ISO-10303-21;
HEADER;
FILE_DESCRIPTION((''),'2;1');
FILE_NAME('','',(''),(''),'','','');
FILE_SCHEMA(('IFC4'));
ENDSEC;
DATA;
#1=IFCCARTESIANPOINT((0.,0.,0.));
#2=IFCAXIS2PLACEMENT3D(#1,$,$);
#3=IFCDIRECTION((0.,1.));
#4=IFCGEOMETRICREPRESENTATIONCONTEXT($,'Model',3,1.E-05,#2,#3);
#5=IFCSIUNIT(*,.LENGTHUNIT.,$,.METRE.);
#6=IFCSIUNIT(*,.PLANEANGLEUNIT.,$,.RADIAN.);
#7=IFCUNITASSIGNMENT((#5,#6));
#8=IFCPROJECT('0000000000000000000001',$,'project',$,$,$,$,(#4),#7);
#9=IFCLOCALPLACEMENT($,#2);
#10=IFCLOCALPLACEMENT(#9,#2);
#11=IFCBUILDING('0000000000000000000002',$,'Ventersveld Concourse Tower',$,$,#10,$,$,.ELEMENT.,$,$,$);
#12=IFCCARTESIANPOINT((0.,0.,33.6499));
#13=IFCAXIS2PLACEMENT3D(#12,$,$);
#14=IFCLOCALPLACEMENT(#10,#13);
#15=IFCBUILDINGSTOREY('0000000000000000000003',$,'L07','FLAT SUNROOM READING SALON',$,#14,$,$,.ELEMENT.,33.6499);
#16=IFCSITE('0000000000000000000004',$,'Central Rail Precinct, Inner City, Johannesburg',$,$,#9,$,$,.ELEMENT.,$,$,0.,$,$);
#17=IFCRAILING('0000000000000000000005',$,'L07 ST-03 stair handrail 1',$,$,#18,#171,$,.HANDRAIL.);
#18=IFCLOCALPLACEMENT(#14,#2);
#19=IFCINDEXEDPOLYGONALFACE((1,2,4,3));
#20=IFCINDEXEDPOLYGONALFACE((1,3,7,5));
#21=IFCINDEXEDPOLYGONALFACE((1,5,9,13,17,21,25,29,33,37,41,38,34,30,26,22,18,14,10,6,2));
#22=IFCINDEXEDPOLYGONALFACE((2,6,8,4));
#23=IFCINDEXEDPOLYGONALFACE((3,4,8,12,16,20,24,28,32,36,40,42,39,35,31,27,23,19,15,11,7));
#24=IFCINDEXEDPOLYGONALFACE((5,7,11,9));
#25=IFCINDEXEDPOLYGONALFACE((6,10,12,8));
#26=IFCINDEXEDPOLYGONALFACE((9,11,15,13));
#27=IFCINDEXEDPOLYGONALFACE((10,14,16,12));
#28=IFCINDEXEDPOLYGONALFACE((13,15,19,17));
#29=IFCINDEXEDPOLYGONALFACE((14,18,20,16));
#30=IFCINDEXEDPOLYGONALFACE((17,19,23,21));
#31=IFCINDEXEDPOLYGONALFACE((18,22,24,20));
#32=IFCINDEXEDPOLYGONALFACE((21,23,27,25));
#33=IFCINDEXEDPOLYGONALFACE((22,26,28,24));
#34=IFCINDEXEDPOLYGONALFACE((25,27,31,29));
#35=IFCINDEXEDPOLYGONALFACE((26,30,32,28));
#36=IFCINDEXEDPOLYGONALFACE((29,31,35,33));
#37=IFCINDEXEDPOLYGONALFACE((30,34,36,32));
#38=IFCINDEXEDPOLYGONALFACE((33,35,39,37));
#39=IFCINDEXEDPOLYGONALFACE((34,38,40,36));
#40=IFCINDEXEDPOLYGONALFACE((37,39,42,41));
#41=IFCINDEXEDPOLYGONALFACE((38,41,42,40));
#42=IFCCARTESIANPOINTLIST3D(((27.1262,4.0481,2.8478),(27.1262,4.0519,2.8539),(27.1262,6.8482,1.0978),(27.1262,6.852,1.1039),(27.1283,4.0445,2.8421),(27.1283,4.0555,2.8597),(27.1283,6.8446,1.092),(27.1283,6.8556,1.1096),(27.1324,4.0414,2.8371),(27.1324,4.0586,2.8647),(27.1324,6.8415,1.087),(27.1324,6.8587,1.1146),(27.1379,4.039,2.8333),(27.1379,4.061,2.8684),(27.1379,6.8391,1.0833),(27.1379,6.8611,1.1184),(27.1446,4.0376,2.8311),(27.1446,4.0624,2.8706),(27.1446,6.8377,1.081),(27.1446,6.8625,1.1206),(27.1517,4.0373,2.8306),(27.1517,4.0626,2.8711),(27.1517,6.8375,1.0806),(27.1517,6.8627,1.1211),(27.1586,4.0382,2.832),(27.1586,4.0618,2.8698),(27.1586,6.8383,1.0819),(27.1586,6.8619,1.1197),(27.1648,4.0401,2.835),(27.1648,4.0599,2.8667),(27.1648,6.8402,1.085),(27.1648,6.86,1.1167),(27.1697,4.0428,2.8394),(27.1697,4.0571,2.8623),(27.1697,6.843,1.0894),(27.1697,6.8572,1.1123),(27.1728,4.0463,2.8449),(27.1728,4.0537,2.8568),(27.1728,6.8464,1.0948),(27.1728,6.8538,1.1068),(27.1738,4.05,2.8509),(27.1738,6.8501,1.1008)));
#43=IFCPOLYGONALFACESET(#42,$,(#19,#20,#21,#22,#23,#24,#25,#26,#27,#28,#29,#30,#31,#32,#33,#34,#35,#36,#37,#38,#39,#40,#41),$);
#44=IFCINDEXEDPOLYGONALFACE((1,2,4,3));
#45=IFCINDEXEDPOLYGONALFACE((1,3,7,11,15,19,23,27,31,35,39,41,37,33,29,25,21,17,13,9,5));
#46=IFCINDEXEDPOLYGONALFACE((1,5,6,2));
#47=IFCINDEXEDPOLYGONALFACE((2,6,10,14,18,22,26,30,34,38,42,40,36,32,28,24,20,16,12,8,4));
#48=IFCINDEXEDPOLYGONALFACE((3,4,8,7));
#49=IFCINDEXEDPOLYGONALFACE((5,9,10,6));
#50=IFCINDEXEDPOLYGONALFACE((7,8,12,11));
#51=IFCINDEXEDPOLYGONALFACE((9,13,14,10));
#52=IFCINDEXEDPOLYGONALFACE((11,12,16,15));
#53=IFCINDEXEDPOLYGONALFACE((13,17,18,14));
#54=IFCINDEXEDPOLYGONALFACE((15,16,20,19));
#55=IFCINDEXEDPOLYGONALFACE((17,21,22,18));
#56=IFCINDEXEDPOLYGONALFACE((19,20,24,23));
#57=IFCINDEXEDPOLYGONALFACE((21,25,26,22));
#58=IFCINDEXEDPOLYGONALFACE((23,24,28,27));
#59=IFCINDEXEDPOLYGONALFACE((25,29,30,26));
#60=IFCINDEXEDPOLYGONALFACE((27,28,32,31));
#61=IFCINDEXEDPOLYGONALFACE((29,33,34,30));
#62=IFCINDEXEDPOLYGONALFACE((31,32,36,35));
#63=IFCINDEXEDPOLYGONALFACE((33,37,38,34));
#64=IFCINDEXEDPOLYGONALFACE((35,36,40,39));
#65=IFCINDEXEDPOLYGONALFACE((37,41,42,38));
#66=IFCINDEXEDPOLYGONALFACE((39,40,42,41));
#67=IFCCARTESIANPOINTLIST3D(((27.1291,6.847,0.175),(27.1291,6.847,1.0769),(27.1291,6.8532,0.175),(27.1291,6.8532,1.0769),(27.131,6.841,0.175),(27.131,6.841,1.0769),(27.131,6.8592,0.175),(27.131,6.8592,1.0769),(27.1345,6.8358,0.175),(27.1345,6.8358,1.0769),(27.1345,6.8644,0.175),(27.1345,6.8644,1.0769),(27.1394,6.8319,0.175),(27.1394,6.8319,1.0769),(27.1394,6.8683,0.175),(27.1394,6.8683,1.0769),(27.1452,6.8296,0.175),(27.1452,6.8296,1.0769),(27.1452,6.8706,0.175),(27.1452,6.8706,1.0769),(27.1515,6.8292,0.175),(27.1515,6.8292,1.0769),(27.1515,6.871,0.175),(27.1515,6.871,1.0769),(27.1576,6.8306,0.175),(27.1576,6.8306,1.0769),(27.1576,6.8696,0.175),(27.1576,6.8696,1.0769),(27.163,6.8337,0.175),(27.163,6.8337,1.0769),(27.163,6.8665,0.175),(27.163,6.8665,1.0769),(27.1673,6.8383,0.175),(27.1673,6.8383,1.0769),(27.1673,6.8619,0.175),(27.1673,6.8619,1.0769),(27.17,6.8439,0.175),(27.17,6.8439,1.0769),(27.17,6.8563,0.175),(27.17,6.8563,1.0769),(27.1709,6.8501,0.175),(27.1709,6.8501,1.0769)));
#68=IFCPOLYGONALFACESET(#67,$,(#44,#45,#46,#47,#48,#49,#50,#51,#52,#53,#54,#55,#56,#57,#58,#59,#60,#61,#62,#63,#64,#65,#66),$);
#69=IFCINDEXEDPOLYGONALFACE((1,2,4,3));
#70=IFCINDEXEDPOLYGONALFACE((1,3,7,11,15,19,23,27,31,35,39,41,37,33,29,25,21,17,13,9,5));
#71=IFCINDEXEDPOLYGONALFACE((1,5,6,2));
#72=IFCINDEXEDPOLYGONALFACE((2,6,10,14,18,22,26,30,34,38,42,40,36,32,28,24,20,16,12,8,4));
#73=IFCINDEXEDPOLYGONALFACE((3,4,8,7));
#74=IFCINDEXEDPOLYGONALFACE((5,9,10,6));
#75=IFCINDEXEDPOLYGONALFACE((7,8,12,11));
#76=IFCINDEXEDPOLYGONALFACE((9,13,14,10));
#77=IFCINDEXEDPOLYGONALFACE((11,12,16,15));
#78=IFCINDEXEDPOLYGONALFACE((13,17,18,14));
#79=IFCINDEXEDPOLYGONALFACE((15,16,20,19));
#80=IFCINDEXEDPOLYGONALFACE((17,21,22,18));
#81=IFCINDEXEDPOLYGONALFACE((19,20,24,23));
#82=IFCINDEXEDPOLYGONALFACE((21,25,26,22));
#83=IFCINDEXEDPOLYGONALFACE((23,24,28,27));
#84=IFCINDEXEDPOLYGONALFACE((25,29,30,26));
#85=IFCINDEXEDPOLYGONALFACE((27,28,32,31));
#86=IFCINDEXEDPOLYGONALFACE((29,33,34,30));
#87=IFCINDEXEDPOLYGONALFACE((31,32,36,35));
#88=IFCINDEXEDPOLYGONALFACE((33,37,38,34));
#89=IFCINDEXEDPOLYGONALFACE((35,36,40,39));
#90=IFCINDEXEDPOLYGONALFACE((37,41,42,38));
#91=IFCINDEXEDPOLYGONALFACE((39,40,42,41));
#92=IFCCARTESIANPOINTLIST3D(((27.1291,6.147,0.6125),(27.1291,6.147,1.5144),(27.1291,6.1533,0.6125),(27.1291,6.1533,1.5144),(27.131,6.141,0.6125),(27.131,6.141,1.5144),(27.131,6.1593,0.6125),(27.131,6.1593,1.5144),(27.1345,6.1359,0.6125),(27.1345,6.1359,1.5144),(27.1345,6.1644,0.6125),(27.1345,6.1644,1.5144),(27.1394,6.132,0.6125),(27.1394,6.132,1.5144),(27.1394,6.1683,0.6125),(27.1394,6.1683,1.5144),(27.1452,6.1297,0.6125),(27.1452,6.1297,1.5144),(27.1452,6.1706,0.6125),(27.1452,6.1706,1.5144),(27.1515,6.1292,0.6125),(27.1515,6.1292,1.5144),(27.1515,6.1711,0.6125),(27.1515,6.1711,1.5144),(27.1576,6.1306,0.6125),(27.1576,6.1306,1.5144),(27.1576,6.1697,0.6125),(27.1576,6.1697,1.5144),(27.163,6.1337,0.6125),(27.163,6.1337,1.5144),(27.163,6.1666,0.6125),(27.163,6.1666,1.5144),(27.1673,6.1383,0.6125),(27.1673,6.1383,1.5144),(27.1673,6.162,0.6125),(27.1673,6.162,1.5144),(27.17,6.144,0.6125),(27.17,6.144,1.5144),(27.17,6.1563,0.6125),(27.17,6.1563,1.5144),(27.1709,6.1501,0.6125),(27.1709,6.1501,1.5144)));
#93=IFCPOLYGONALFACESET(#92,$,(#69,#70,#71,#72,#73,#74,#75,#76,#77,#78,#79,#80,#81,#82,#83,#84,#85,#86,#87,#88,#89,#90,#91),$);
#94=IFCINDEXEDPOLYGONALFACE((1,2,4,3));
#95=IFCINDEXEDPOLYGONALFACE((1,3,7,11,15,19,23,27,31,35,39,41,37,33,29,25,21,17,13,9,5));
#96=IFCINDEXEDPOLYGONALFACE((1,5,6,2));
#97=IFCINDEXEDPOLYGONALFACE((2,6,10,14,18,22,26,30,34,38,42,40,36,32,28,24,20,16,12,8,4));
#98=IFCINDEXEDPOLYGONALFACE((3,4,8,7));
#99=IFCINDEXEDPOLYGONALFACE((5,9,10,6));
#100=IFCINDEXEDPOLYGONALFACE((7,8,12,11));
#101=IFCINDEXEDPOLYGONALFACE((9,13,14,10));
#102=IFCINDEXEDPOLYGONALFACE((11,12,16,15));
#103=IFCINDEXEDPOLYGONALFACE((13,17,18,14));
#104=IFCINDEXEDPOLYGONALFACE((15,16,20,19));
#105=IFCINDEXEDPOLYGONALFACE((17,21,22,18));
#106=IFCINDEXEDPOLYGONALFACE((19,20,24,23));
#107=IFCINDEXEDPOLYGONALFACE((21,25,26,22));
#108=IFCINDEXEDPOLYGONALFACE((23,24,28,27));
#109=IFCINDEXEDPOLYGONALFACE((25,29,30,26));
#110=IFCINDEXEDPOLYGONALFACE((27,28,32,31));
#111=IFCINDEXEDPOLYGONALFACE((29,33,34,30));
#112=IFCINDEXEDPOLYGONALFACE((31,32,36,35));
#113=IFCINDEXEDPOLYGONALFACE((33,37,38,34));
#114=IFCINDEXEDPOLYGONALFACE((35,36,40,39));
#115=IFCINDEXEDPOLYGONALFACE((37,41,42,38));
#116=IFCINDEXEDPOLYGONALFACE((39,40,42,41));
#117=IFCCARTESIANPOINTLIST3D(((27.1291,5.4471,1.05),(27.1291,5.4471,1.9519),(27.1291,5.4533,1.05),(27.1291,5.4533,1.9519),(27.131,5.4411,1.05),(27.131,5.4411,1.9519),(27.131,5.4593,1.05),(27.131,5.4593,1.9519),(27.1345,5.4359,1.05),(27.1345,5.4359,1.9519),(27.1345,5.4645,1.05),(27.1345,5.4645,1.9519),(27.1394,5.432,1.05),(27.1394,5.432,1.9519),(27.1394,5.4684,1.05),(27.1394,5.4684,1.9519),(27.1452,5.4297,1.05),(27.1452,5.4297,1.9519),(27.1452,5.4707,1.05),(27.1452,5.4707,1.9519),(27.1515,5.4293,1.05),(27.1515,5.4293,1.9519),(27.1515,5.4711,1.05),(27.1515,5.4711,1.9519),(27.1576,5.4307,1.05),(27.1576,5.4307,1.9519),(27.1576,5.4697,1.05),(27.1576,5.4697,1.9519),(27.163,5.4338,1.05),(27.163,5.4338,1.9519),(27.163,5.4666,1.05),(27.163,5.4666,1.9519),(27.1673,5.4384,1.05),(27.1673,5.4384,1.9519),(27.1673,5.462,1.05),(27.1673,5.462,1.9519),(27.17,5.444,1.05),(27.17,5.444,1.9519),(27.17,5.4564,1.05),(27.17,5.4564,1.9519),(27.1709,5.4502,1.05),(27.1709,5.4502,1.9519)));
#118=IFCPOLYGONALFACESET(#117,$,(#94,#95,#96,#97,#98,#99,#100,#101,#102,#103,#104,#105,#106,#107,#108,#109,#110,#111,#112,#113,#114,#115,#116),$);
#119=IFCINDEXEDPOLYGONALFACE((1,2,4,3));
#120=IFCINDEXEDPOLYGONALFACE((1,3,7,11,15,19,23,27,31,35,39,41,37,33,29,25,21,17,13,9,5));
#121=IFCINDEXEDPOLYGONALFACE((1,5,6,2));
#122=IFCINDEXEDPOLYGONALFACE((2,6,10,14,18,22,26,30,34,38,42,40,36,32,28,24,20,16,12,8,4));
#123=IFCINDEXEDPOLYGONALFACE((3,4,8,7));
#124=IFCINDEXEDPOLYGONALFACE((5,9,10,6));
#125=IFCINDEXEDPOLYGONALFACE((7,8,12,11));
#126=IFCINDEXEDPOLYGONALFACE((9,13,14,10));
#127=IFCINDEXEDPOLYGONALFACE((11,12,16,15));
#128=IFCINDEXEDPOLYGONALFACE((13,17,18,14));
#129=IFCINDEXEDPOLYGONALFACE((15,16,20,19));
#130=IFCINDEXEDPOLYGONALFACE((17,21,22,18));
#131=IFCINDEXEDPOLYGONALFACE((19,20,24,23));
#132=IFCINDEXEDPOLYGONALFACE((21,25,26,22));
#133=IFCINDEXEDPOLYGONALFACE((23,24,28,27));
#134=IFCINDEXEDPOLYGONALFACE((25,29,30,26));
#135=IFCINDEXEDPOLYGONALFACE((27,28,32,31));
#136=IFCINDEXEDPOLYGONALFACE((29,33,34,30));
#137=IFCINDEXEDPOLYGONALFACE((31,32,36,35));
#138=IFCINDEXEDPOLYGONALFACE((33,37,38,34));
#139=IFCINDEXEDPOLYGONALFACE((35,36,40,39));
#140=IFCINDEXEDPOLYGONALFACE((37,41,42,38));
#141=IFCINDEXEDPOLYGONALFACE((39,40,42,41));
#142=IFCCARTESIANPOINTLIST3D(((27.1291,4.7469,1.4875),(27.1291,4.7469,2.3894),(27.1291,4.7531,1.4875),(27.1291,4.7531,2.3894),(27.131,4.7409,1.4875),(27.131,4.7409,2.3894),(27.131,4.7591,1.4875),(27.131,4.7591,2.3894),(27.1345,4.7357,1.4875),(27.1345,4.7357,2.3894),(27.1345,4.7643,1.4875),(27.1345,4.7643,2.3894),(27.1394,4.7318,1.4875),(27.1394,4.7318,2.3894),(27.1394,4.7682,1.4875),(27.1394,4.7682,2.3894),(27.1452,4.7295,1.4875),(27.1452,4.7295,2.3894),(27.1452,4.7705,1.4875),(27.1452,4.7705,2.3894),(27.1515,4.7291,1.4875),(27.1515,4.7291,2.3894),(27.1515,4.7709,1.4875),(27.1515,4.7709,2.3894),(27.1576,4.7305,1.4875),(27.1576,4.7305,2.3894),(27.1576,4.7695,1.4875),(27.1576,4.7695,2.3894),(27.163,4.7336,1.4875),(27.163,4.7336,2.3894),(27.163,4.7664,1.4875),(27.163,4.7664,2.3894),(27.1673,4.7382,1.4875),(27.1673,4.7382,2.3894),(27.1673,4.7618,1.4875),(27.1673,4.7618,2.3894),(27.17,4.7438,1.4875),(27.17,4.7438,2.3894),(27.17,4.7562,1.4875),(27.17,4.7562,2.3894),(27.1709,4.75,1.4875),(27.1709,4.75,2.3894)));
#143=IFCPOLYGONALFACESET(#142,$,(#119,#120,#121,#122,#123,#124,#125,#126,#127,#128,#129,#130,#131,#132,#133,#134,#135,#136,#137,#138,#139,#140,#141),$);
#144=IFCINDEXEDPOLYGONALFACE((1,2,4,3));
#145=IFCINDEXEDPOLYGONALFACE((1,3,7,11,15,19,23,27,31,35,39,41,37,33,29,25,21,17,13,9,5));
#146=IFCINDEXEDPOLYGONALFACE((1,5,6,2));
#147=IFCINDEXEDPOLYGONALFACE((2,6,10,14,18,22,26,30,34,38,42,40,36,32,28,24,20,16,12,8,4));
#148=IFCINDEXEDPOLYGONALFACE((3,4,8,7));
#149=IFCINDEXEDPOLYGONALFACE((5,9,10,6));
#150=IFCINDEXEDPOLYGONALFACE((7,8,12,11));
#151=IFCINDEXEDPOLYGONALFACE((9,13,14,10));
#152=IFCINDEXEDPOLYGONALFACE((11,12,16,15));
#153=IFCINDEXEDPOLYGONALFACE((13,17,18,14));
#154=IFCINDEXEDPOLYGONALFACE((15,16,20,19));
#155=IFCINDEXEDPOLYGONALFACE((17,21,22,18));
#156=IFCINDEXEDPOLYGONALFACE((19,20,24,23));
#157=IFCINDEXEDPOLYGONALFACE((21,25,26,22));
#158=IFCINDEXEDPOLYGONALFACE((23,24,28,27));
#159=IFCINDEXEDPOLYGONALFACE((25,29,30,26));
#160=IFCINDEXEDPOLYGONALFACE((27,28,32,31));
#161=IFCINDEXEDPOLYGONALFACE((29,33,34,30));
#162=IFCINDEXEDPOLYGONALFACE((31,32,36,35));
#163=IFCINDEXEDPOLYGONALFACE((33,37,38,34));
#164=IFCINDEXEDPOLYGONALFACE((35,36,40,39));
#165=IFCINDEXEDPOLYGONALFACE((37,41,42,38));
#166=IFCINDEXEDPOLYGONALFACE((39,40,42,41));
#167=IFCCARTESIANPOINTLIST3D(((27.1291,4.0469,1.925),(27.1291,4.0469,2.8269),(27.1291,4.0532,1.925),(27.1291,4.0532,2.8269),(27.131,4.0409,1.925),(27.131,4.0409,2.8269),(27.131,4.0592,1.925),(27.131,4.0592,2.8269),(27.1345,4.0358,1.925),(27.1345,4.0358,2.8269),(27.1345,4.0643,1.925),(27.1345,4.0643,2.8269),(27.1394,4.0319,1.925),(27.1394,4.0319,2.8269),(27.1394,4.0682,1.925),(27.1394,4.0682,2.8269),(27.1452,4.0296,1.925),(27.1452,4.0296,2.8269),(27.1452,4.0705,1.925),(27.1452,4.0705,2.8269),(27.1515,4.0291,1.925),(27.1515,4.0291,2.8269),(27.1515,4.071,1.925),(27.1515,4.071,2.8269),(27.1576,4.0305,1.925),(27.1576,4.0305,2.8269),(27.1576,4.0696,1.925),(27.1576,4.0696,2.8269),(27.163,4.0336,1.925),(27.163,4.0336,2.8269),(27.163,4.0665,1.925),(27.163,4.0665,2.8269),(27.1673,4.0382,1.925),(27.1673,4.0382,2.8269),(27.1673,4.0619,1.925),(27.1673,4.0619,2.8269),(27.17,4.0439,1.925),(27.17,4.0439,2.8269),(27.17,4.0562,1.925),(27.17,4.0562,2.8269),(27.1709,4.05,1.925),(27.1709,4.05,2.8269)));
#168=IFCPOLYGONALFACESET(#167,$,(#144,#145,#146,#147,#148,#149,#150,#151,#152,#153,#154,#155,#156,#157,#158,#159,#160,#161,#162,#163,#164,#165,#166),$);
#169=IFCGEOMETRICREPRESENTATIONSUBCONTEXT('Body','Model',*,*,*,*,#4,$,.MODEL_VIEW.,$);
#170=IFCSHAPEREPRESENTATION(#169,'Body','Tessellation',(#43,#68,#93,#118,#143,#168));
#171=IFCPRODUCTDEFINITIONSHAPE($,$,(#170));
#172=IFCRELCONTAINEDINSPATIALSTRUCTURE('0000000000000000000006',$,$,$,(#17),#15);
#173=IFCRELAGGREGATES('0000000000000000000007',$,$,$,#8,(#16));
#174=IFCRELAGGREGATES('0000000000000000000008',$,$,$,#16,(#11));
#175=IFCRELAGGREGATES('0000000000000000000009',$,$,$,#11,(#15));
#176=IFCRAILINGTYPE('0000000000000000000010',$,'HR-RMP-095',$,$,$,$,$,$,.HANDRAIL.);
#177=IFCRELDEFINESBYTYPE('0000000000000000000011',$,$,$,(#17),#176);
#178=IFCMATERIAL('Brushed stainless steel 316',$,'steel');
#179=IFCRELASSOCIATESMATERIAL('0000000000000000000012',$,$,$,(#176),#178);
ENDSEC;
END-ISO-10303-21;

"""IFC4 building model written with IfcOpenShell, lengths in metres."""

from ifc_helpers import new_model, si_unit, direction, frame, origin, origin_2d, place, context, subcontext, project, spatial, circle, extrude, material, type_object, element, save


model = new_model("IFC4")

# Units and contexts
model_context = context("Model", 3, precision=1e-05, world=origin(), true_north=direction((0.0, 1.0)))
body_context = subcontext(model_context, "Body", "Model", "MODEL_VIEW")
ifc_project = project(units=[si_unit("LENGTHUNIT", "METRE"), si_unit("PLANEANGLEUNIT", "RADIAN")], contexts=[model_context])

# Site, building, storey
site_placement = place(None, origin())
site = spatial("IfcSite", under=ifc_project, at=site_placement, Name="Central Rail Precinct, Inner City, Johannesburg", CompositionType="ELEMENT", RefElevation=0.0)
building_placement = place(site_placement, origin())
building = spatial("IfcBuilding", under=site, at=building_placement, Name="Ventersveld Concourse Tower", CompositionType="ELEMENT")
storey_placement = place(building_placement, frame((0.0, 0.0, 33.6499)))
storey = spatial("IfcBuildingStorey", under=building, at=storey_placement, Name="L07", Description="FLAT SUNROOM READING SALON", CompositionType="ELEMENT", Elevation=33.6499)

# Shared definitions
ifc_material_1 = material(Name="Brushed stainless steel 316", Category="steel")

# Railing
railing_type = type_object("IfcRailingType", Name="HR-RMP-095", PredefinedType="HANDRAIL", material=ifc_material_1)
railing_placement = place(storey_placement, frame((27.1499, 6.8501, 0.175)))
element("IfcRailing", 1, at=railing_placement, inside=storey, type_object=railing_type, Name="L07 ST-03 stair handrail 1", PredefinedType="HANDRAIL", context=body_context, shape_type="SweptSolid", body=[
    extrude(circle(Radius=0.0239, at=origin_2d()), frame((0.0, 0.0, 0.9258), z_axis=(0.0, -0.848002, 0.529992), x_axis=(1.0, 0.0, 0.0)), (0.0, 0.0, 1.0), 3.302),
    extrude(circle(Radius=0.021, at=origin_2d()), origin(), (0.0, 0.0, 1.0), 0.9019),
    extrude(circle(Radius=0.021, at=origin_2d()), frame((0.0, -0.7, 0.4375)), (0.0, 0.0, 1.0), 0.9019),
    extrude(circle(Radius=0.021, at=origin_2d()), frame((0.0, -1.3999, 0.875)), (0.0, 0.0, 1.0), 0.9019),
    extrude(circle(Radius=0.021, at=origin_2d()), frame((0.0, -2.1001, 1.3125)), (0.0, 0.0, 1.0), 0.9019),
    extrude(circle(Radius=0.021, at=origin_2d()), frame((0.0, -2.8, 1.75)), (0.0, 0.0, 1.0), 0.9019),
])

save(model, "model.ifc")
